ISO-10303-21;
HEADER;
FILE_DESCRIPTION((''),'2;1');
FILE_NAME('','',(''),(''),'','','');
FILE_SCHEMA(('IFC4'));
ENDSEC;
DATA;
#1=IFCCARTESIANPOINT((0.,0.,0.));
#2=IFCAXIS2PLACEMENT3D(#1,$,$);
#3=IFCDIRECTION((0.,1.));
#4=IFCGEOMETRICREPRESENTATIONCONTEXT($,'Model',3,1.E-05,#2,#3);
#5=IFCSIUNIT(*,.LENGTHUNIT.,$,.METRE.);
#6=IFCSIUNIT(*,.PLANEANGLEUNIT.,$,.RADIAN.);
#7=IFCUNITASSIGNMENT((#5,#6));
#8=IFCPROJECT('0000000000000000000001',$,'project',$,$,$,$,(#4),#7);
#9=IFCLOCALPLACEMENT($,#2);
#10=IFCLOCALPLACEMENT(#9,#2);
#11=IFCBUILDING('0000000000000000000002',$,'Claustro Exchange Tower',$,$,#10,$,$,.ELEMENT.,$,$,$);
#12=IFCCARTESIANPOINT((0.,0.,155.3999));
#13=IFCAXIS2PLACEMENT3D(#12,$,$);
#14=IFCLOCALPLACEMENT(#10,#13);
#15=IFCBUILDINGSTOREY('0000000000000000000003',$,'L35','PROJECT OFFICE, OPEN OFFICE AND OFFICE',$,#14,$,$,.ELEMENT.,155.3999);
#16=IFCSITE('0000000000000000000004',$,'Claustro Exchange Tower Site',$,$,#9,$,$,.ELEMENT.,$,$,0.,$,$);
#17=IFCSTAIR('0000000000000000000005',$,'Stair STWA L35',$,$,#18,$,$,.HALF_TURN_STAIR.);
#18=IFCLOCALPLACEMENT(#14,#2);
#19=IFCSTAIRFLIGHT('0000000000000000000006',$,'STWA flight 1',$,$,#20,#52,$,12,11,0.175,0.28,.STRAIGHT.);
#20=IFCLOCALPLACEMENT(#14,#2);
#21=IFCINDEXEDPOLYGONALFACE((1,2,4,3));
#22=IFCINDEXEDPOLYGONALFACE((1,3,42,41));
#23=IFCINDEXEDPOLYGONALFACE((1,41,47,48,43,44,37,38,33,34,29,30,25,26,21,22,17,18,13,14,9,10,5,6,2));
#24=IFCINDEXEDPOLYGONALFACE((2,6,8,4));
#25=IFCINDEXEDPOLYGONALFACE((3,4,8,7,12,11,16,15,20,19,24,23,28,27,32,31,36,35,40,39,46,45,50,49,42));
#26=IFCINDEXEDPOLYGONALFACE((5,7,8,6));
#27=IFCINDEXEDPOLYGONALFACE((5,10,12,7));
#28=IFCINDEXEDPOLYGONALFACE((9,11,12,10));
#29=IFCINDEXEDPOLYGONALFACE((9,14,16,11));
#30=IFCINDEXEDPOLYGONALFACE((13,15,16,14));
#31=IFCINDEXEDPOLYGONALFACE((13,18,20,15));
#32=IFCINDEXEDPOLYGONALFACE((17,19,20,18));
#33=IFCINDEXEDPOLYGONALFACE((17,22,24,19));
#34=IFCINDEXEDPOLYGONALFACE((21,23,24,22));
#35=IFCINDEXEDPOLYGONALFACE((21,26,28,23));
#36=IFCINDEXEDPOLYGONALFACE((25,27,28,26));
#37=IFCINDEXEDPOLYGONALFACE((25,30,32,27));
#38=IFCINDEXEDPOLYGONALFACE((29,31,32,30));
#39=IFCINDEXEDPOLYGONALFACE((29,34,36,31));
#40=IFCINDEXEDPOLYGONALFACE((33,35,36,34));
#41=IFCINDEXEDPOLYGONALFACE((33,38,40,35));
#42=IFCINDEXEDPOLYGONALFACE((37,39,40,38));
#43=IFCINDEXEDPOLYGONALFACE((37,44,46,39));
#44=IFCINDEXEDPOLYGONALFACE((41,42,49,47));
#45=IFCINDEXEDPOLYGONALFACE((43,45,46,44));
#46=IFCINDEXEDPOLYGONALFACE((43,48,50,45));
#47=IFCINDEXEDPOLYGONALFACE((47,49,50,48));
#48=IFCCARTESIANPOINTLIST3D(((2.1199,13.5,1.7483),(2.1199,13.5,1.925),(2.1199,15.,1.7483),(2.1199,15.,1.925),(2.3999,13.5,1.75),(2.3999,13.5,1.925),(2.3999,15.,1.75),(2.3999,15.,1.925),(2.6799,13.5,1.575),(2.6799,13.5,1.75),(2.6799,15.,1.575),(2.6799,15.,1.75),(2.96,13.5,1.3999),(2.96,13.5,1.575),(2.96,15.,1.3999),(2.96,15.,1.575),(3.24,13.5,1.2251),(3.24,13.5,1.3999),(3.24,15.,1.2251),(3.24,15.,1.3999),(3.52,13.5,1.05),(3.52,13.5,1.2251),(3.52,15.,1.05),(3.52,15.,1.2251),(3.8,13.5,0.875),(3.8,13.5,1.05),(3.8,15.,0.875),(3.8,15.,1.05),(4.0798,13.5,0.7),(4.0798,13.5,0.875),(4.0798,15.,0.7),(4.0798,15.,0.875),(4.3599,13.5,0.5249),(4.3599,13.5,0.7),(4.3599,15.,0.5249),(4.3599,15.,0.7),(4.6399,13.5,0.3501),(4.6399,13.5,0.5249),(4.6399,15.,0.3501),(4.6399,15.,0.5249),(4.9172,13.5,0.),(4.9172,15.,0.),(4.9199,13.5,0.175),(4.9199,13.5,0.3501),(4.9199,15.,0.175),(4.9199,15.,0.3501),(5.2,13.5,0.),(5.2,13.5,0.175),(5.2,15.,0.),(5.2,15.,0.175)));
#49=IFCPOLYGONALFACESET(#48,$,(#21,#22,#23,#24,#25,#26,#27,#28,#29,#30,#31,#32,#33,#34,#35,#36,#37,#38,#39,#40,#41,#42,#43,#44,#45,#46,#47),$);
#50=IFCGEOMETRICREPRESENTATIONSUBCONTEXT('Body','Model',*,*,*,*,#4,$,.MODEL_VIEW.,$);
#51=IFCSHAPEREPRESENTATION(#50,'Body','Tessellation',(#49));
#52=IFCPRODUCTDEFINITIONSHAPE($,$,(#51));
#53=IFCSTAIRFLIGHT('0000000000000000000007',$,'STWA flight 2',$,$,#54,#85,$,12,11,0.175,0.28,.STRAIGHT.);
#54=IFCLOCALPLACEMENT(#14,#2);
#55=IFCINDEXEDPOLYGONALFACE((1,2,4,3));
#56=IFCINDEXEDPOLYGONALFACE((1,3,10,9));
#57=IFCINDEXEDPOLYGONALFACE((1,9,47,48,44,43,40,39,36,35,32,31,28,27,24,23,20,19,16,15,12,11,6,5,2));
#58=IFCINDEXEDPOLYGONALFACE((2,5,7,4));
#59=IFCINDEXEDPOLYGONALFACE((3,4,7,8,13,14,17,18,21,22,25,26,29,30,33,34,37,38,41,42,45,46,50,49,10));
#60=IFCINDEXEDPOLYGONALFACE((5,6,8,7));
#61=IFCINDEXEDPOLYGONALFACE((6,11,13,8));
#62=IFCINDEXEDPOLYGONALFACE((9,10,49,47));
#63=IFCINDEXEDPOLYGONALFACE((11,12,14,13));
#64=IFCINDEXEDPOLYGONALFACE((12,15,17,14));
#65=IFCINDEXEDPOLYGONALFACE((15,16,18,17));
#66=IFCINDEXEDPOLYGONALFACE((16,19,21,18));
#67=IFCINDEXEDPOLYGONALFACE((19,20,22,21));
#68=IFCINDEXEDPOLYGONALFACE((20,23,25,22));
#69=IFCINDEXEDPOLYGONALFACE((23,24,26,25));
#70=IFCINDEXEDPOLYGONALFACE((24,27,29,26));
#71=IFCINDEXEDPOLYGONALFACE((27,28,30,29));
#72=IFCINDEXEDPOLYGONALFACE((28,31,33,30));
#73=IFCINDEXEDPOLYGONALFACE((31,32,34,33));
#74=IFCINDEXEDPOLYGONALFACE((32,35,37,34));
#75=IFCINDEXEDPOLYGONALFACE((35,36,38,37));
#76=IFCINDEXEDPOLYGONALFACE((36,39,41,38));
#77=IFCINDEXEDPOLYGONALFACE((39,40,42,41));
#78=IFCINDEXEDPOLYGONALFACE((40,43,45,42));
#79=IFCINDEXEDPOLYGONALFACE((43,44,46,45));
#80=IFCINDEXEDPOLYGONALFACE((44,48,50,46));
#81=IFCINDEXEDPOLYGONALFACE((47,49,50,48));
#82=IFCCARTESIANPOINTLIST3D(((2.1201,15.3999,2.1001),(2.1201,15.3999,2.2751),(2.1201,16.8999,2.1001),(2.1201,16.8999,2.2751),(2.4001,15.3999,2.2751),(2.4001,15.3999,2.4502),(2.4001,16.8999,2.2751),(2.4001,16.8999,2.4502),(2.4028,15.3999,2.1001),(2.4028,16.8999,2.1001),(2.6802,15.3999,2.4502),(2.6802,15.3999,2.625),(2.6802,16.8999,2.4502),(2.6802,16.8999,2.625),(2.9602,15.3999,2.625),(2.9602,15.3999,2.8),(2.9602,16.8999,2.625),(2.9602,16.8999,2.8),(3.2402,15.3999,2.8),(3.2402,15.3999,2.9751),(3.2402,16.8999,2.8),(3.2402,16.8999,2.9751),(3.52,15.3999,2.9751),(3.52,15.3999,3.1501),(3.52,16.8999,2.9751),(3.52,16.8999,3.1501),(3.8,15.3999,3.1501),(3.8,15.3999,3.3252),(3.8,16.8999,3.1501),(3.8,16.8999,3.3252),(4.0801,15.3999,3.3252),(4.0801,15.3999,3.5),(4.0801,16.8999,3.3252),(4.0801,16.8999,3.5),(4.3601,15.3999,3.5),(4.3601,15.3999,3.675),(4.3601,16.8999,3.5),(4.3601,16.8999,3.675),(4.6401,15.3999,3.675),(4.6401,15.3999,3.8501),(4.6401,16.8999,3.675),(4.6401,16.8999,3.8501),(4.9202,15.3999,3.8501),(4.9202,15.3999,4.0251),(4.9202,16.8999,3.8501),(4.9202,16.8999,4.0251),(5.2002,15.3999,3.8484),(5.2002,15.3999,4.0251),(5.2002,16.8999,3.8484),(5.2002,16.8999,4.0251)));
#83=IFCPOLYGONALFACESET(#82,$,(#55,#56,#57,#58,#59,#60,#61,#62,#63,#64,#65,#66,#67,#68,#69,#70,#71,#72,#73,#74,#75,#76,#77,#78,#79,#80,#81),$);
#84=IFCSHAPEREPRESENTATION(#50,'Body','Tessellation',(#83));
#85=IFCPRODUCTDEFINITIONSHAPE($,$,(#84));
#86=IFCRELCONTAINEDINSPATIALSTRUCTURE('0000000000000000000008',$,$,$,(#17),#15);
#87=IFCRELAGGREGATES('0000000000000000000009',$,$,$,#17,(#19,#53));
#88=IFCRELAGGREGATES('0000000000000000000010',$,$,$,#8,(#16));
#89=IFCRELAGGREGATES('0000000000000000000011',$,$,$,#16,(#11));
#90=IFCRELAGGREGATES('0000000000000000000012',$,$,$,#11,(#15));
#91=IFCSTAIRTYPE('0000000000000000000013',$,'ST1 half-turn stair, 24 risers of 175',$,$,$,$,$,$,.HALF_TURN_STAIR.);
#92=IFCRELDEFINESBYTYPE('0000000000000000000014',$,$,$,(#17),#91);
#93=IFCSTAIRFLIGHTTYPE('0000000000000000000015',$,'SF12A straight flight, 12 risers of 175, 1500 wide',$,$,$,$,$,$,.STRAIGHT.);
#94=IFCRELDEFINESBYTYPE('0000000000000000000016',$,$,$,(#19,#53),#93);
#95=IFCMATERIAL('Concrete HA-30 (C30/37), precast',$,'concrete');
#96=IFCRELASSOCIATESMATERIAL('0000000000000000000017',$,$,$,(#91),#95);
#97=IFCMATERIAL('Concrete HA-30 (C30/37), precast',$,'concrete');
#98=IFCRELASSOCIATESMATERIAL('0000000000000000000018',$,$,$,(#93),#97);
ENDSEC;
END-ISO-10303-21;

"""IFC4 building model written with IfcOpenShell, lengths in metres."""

from ifc_helpers import new_model, si_unit, direction, frame, origin, place, context, subcontext, project, spatial, polyline, outline, extrude, material, type_object, element, aggregate, save


model = new_model("IFC4")

# Units and contexts
model_context = context("Model", 3, precision=1e-05, world=origin(), true_north=direction((0.0, 1.0)))
body_context = subcontext(model_context, "Body", "Model", "MODEL_VIEW")
ifc_project = project(units=[si_unit("LENGTHUNIT", "METRE"), si_unit("PLANEANGLEUNIT", "RADIAN")], contexts=[model_context])

# Site, building, storey
site_placement = place(None, origin())
site = spatial("IfcSite", under=ifc_project, at=site_placement, Name="Claustro Exchange Tower Site", CompositionType="ELEMENT", RefElevation=0.0)
building_placement = place(site_placement, origin())
building = spatial("IfcBuilding", under=site, at=building_placement, Name="Claustro Exchange Tower", CompositionType="ELEMENT")
storey_placement = place(building_placement, frame((0.0, 0.0, 155.3999)))
storey = spatial("IfcBuildingStorey", under=building, at=storey_placement, Name="L35", Description="PROJECT OFFICE, OPEN OFFICE AND OFFICE", CompositionType="ELEMENT", Elevation=155.3999)

# Stair, stair flights
ifc_material_1 = material(Name="Concrete HA-30 (C30/37), precast", Category="concrete")
stair_type = type_object("IfcStairType", Name="ST1 half-turn stair, 24 risers of 175", PredefinedType="HALF_TURN_STAIR", material=ifc_material_1)
stair_placement = place(storey_placement, origin())
stair = element("IfcStair", 1, at=stair_placement, inside=storey, type_object=stair_type, Name="Stair STWA L35", PredefinedType="HALF_TURN_STAIR")
ifc_material_2 = material(Name="Concrete HA-30 (C30/37), precast", Category="concrete")
stair_flight_type = type_object("IfcStairFlightType", Name="SF12A straight flight, 12 risers of 175, 1500 wide", PredefinedType="STRAIGHT", material=ifc_material_2)
stair_flight_1_placement = place(storey_placement, frame((5.2, 14.25, 0.0), z_axis=(0.0, 0.0, 1.0), x_axis=(-1.0, 0.0, 0.0)))
stair_flight_1 = element("IfcStairFlight", 2, at=stair_flight_1_placement, type_object=stair_flight_type, Name="STWA flight 1", NumberOfRisers=12, NumberOfTreads=11, PredefinedType="STRAIGHT", RiserHeight=0.175, TreadLength=0.28, context=body_context, shape_type="SweptSolid", body=[
    extrude(outline(polyline([(0.0, 0.0), (0.0, 0.175), (0.28, 0.175), (0.28, 0.3501), (0.5601, 0.3501), (0.5601, 0.5249), (0.8401, 0.5249), (0.8401, 0.7), (1.1201, 0.7), (1.1201, 0.875), (1.3999, 0.875), (1.3999, 1.05), (1.6799, 1.05), (1.6799, 1.2251), (1.96, 1.2251), (1.96, 1.3999), (2.24, 1.3999), (2.24, 1.575), (2.52, 1.575), (2.52, 1.75), (2.8, 1.75), (2.8, 1.925), (3.0801, 1.925), (3.0801, 2.1001), (3.0801, 1.7483), (0.2827, 0.0), (0.0, 0.0)])), frame((0.0, 0.75, 0.0), z_axis=(0.0, -1.0, 0.0), x_axis=(1.0, 0.0, 0.0)), (0.0, 0.0, 1.0), 1.5),
])
stair_flight_2_placement = place(storey_placement, frame((2.1201, 16.1499, 2.1001), z_axis=(0.0, 0.0, 1.0), x_axis=(1.0, 0.0, 0.0)))
stair_flight_2 = element("IfcStairFlight", 3, at=stair_flight_2_placement, type_object=stair_flight_type, Name="STWA flight 2", NumberOfRisers=12, NumberOfTreads=11, PredefinedType="STRAIGHT", RiserHeight=0.175, TreadLength=0.28, context=body_context, shape_type="SweptSolid", body=[
    extrude(outline(polyline([(0.0, 0.0), (0.0, 0.175), (0.28, 0.175), (0.28, 0.3501), (0.5601, 0.3501), (0.5601, 0.5249), (0.8401, 0.5249), (0.8401, 0.7), (1.1201, 0.7), (1.1201, 0.875), (1.3999, 0.875), (1.3999, 1.05), (1.6799, 1.05), (1.6799, 1.2251), (1.96, 1.2251), (1.96, 1.3999), (2.24, 1.3999), (2.24, 1.575), (2.52, 1.575), (2.52, 1.75), (2.8, 1.75), (2.8, 1.925), (3.0801, 1.925), (3.0801, 2.1001), (3.0801, 1.7483), (0.2827, 0.0), (0.0, 0.0)])), frame((0.0, 0.75, 0.0), z_axis=(0.0, -1.0, 0.0), x_axis=(1.0, 0.0, 0.0)), (0.0, 0.0, 1.0), 1.5),
])
aggregate(stair, [stair_flight_1, stair_flight_2])

save(model, "model.ifc")
